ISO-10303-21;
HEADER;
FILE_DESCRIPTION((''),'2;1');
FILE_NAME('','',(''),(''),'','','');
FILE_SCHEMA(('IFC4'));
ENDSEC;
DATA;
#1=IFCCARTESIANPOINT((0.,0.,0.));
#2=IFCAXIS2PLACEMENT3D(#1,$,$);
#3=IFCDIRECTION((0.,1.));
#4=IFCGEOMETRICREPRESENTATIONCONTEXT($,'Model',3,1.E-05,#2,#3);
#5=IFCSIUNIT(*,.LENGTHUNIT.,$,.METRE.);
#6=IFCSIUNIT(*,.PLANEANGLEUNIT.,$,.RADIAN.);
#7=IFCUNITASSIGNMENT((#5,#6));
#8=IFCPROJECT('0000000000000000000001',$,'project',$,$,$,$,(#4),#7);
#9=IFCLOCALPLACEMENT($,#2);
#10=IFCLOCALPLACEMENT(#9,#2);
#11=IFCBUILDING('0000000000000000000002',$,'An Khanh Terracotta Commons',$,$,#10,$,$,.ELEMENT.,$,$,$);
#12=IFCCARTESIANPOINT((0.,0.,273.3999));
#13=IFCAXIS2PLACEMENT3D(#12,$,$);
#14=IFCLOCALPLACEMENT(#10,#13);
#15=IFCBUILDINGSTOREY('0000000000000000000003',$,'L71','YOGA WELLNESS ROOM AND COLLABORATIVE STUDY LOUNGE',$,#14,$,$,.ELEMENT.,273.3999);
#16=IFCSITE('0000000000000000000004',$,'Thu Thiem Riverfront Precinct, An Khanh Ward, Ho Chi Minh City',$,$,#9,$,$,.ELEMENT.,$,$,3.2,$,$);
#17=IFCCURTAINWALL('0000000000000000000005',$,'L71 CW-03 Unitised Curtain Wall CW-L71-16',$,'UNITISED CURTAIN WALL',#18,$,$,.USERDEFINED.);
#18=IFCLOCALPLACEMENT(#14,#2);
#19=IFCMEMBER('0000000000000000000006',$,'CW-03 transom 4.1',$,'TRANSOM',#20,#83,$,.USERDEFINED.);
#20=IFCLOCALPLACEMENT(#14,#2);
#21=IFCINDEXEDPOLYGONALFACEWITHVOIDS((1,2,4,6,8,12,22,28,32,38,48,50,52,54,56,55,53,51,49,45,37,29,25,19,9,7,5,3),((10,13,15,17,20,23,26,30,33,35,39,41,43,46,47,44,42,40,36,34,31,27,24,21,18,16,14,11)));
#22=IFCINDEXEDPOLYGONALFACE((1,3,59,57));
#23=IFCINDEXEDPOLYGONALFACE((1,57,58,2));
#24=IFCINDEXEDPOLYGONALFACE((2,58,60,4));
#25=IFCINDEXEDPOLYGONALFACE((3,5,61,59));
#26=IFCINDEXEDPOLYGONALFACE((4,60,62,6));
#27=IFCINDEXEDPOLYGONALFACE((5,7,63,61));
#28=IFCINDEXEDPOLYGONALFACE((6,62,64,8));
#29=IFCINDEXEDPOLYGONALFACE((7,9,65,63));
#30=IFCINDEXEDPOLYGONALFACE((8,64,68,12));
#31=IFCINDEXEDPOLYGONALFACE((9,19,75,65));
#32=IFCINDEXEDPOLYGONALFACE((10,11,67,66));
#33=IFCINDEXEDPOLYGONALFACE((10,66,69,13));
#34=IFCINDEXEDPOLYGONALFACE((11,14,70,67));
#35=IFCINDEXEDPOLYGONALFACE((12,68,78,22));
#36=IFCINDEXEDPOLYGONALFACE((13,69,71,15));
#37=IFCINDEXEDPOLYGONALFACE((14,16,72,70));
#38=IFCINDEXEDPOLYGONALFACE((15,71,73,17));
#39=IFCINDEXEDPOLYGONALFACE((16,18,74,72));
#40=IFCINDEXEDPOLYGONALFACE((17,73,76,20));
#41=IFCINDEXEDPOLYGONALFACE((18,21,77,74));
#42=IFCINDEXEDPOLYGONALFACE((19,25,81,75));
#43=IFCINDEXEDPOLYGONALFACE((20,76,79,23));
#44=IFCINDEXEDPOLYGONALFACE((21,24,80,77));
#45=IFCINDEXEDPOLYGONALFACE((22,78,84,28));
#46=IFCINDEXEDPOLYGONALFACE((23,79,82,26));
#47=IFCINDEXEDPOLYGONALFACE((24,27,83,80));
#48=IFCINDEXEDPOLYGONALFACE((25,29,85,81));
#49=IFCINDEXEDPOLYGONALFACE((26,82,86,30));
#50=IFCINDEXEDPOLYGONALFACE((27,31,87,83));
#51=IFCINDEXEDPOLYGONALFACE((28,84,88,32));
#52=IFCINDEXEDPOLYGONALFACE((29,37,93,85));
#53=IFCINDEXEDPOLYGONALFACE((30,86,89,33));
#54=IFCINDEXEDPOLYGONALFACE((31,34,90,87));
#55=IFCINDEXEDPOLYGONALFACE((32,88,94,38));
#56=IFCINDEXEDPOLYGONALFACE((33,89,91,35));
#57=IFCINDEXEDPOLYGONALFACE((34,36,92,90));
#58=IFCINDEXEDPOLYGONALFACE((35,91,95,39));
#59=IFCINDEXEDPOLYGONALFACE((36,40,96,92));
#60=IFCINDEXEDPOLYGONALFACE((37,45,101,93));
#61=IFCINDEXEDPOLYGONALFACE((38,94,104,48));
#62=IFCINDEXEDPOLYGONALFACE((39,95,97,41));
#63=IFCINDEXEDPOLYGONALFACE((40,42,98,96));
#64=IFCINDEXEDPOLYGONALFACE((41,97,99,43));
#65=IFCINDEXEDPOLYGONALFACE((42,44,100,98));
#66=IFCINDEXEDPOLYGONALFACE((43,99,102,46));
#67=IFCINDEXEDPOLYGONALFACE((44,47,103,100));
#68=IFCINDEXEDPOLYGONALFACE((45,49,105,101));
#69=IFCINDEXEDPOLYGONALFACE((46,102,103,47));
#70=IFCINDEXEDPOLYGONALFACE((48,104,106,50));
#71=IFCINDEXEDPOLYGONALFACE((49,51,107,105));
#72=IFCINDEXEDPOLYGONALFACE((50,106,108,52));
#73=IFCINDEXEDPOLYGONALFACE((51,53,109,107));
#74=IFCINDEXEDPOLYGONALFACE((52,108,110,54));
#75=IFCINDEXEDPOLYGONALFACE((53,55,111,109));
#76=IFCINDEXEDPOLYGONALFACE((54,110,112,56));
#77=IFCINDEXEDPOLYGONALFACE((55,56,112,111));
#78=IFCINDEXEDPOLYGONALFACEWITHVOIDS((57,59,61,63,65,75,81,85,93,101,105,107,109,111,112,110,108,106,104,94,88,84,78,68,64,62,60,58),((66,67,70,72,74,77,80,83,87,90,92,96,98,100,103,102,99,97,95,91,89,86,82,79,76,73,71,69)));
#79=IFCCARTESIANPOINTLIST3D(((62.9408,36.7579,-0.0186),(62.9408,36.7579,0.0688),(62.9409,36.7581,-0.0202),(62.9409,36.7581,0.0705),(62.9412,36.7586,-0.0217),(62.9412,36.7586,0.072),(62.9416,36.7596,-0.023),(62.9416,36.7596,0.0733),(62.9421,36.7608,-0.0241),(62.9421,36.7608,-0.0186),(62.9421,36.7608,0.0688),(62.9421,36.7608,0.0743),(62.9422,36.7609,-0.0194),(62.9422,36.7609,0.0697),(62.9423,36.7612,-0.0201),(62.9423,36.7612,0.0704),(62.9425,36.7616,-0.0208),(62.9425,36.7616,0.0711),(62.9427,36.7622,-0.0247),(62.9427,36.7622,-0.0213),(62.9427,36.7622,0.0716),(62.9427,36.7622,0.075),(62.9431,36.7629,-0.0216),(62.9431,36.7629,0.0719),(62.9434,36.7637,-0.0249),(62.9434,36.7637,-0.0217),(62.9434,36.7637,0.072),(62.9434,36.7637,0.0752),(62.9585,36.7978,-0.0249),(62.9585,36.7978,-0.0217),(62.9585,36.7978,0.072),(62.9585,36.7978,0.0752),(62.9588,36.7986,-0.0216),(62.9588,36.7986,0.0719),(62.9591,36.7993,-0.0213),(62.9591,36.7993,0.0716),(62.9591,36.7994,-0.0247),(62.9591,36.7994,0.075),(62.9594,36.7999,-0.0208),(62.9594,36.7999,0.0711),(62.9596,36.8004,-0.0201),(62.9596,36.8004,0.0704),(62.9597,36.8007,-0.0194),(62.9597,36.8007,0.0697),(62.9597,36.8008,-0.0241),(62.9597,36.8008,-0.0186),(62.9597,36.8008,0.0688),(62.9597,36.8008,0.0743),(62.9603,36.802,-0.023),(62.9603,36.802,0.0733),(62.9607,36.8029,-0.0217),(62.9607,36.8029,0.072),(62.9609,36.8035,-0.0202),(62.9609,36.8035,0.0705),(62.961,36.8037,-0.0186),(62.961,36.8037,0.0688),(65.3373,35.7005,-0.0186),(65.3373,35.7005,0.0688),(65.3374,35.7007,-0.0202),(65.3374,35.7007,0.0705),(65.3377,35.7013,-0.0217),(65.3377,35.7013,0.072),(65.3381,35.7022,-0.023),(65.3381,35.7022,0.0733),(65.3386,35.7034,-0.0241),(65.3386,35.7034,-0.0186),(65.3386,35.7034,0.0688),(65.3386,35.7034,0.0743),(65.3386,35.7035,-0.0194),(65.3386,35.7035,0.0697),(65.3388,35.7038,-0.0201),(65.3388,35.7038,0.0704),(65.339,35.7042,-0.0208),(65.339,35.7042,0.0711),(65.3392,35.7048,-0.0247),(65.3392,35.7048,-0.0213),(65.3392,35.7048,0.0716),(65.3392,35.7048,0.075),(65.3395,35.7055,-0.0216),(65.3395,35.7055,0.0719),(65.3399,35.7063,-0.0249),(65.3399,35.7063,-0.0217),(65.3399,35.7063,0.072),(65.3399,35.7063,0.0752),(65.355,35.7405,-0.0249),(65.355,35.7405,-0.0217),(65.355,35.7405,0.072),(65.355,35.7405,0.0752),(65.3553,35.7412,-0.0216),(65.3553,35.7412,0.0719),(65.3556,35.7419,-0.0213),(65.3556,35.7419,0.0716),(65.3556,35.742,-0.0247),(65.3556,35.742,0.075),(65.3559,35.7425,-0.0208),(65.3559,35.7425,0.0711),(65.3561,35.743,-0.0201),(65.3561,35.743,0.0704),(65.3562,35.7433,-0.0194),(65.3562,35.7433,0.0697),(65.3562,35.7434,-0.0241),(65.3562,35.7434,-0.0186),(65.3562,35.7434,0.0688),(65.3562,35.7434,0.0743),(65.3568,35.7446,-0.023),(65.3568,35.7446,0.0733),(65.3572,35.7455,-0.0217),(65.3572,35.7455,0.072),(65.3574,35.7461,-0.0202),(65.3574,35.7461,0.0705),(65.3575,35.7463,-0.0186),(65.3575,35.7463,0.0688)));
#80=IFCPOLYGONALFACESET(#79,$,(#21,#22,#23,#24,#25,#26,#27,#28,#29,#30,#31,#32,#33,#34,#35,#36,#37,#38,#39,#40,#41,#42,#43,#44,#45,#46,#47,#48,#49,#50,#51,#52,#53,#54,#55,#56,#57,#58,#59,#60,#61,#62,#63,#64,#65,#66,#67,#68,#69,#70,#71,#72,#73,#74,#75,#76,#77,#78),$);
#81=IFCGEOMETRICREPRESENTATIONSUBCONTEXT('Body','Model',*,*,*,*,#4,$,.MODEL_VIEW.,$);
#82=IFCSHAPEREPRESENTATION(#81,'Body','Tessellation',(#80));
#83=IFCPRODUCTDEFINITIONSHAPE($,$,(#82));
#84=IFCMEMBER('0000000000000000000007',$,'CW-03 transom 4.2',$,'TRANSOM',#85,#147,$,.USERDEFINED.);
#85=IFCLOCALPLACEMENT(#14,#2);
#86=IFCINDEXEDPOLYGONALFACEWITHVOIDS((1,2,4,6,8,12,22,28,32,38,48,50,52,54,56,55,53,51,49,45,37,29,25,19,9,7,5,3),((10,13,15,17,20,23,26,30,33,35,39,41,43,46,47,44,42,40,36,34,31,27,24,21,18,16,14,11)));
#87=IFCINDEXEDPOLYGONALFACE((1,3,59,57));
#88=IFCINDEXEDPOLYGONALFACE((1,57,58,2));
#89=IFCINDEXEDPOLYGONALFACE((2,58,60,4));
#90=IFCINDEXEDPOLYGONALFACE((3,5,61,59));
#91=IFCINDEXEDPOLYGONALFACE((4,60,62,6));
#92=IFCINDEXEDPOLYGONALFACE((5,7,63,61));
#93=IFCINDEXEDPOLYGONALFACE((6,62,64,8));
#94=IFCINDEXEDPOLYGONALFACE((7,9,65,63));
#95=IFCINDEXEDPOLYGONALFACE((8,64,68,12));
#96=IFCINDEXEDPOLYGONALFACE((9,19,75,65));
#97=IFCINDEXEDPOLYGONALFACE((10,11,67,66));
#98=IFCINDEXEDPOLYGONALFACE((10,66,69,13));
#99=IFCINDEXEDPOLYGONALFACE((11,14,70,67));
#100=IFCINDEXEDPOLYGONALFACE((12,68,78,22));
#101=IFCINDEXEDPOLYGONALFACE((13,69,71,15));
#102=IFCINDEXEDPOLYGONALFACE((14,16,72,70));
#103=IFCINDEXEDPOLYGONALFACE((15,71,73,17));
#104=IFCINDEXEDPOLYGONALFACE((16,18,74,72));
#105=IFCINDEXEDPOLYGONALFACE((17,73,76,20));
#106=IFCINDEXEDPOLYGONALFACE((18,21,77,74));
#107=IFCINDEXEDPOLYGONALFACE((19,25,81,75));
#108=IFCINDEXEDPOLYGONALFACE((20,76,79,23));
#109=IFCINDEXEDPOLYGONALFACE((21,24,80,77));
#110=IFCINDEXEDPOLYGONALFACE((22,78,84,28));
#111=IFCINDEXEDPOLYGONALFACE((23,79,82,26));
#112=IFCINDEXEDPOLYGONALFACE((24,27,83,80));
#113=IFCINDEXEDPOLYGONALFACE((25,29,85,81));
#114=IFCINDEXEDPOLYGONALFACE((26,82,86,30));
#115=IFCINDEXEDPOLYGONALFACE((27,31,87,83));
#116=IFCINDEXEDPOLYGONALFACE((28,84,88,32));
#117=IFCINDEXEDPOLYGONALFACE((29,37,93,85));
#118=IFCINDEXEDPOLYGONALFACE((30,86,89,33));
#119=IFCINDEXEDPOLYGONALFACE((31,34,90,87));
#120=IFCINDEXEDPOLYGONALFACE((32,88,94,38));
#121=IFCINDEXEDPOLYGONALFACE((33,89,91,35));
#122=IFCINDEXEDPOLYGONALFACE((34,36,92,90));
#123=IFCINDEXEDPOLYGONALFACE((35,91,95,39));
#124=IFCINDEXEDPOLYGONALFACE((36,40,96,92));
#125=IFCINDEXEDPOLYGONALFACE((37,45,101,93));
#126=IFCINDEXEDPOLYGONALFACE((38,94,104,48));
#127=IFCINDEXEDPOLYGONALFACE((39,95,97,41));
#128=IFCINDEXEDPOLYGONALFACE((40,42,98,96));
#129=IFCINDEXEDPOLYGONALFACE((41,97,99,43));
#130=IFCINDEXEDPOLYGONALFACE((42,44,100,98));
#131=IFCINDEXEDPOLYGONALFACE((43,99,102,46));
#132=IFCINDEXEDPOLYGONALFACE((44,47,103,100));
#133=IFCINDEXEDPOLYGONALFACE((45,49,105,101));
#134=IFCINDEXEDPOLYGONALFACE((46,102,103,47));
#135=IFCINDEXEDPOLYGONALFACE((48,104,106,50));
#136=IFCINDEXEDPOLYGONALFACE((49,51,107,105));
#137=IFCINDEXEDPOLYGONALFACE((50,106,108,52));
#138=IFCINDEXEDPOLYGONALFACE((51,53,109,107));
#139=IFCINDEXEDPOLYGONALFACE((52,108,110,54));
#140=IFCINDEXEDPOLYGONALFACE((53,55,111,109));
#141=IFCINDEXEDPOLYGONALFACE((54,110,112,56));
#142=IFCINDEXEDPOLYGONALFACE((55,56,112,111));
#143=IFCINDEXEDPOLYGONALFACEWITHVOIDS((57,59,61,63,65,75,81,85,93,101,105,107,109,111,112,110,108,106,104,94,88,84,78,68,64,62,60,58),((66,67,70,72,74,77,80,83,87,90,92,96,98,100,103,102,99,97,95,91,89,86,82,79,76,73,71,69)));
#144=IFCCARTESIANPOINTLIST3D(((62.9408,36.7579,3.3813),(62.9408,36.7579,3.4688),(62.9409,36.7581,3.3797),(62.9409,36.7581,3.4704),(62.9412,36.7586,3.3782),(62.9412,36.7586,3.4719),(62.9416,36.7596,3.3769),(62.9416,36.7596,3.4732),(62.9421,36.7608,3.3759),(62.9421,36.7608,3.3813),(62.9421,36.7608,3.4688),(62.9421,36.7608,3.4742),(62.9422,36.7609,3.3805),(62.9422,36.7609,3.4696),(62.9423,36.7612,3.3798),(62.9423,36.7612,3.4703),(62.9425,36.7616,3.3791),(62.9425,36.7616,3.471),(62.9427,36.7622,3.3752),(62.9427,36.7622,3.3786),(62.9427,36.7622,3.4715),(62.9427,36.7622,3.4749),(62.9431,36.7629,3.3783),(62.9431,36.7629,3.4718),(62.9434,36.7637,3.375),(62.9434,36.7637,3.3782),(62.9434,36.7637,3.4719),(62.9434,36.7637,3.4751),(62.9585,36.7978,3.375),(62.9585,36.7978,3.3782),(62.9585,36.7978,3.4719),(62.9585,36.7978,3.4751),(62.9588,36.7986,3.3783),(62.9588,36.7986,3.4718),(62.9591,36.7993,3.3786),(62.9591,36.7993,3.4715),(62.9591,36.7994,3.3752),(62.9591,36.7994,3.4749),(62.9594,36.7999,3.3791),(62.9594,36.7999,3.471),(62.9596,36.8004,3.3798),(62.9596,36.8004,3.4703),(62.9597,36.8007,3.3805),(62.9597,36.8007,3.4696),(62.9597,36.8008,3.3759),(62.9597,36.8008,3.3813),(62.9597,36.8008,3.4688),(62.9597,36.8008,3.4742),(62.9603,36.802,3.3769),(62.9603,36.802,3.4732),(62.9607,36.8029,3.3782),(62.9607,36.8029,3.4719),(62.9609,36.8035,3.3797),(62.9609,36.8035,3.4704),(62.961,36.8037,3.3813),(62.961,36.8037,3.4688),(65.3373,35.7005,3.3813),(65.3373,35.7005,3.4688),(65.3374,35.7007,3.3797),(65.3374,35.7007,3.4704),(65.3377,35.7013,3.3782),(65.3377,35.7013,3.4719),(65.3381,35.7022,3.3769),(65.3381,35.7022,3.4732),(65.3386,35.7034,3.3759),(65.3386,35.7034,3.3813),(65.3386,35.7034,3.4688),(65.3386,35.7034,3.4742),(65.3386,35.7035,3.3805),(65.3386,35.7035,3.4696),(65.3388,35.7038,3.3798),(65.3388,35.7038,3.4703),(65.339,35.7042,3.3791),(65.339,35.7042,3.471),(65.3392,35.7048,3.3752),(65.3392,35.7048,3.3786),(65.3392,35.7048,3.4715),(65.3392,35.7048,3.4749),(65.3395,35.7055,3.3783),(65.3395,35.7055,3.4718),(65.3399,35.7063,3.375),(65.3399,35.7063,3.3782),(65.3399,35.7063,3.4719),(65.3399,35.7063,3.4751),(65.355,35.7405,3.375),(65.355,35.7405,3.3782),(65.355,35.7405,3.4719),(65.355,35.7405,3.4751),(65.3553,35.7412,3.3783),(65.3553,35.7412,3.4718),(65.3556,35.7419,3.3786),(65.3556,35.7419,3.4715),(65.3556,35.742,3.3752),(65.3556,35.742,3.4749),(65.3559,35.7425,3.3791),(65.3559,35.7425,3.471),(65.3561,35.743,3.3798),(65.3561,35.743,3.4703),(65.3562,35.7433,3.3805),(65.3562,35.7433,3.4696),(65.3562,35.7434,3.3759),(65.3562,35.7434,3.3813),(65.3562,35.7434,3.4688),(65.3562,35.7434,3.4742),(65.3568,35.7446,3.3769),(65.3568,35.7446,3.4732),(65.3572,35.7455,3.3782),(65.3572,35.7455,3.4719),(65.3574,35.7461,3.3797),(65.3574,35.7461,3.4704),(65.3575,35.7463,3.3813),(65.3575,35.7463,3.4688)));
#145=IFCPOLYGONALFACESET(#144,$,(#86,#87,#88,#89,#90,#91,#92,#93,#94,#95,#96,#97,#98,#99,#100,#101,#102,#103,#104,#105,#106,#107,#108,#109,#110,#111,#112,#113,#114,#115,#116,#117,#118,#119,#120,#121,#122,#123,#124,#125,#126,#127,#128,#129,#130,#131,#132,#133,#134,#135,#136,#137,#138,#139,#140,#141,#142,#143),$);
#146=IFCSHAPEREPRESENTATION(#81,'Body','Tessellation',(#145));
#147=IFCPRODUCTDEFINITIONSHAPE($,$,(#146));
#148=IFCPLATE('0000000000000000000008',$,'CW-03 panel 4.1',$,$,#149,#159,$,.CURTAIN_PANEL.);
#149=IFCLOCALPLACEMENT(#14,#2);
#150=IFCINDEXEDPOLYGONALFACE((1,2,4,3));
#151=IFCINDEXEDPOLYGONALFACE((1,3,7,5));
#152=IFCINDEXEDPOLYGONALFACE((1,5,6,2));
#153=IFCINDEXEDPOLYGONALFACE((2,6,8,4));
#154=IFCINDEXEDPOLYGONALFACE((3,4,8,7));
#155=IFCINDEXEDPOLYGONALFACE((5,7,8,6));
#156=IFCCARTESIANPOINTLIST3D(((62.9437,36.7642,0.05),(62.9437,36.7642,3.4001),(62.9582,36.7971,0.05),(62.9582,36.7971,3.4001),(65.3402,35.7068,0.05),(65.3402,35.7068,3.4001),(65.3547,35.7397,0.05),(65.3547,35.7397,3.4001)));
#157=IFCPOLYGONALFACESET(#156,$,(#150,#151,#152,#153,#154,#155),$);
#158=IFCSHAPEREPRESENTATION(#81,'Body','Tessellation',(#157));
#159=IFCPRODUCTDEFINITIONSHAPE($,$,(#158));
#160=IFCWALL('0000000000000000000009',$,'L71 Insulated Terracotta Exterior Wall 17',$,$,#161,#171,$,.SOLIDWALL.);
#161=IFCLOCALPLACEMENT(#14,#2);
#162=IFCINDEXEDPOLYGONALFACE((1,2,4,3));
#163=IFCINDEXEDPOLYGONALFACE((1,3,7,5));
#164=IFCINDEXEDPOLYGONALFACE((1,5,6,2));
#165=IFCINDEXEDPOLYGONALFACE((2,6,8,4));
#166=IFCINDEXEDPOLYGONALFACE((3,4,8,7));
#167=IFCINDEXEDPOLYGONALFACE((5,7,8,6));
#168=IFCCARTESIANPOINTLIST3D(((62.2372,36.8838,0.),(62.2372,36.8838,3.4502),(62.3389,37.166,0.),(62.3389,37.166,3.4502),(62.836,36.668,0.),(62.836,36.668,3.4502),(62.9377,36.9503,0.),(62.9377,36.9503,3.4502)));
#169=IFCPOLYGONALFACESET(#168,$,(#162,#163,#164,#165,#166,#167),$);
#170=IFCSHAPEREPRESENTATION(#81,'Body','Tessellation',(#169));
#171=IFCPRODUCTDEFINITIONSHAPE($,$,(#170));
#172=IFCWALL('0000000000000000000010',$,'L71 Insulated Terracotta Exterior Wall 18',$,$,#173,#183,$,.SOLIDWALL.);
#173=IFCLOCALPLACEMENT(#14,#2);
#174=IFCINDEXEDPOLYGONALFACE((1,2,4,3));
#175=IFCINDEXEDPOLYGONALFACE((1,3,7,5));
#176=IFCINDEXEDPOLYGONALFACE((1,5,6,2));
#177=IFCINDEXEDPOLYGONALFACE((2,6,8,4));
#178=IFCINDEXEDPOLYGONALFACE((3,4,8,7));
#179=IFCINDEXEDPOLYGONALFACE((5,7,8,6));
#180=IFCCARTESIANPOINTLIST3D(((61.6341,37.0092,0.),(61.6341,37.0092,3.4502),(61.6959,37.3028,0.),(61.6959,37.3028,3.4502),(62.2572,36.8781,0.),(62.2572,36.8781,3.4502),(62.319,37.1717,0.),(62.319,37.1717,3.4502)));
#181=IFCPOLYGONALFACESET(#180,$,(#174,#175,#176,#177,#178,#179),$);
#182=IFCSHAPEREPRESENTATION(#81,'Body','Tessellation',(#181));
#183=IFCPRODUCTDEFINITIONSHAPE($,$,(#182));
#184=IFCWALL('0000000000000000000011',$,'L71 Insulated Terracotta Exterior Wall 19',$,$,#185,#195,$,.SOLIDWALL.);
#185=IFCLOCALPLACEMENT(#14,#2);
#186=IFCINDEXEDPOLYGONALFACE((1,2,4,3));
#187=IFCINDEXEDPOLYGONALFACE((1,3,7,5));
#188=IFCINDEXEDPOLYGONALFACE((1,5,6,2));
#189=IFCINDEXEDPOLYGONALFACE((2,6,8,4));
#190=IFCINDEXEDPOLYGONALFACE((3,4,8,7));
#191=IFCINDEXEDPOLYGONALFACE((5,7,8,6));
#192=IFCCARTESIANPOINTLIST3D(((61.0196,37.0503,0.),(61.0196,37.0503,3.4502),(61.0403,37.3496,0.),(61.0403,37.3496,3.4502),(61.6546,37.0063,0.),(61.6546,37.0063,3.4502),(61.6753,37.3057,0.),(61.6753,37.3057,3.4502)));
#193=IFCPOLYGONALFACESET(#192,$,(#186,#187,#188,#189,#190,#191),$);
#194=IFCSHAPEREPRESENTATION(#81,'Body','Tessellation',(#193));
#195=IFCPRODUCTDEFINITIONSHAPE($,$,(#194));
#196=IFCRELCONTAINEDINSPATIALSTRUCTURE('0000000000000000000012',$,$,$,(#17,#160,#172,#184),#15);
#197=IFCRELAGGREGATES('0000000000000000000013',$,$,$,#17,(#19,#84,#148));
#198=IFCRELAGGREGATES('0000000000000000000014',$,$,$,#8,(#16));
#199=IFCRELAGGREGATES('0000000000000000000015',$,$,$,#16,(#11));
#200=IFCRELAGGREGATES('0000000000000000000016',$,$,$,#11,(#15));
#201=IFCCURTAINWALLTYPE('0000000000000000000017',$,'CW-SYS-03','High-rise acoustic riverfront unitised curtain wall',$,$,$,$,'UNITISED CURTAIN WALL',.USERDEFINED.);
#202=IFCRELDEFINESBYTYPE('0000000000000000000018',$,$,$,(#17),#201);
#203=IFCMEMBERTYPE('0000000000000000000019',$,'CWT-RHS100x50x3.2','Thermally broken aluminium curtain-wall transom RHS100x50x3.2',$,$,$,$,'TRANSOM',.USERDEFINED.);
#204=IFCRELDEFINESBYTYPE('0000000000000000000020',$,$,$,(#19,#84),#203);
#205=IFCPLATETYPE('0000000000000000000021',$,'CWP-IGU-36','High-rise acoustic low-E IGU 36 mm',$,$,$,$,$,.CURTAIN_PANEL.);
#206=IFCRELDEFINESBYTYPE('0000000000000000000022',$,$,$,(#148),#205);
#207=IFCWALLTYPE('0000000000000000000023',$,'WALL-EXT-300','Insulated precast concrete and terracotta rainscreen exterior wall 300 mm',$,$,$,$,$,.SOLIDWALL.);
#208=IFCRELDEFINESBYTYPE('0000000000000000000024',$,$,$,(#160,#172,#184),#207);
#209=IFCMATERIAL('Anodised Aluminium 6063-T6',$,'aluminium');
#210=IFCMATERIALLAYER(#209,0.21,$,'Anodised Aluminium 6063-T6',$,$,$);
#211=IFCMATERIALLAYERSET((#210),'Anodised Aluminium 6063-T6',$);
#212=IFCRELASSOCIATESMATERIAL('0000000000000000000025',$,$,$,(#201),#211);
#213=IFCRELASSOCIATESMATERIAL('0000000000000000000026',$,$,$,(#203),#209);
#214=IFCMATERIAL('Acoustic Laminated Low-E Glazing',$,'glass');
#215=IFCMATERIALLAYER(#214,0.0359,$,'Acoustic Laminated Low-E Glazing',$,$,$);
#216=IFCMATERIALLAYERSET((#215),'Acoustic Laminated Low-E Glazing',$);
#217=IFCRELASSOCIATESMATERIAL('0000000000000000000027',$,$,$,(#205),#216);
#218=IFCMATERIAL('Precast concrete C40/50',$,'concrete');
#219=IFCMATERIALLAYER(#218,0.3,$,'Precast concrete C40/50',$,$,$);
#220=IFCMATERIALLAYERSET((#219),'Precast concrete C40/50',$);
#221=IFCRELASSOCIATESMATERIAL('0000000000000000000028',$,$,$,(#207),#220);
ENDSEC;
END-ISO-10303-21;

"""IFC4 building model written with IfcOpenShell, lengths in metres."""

from ifc_helpers import new_model, si_unit, direction, frame, frame_2d, origin, origin_2d, place, context, subcontext, project, spatial, rectangle, hollow_rectangle, extrude, material, layer, layer_set, material_profile, profile_set, type_object, element, aggregate, save


model = new_model("IFC4")

# Units and contexts
model_context = context("Model", 3, precision=1e-05, world=origin(), true_north=direction((0.0, 1.0)))
body_context = subcontext(model_context, "Body", "Model", "MODEL_VIEW")
ifc_project = project(units=[si_unit("LENGTHUNIT", "METRE"), si_unit("PLANEANGLEUNIT", "RADIAN")], contexts=[model_context])

# Site, building, storey
site_placement = place(None, origin())
site = spatial("IfcSite", under=ifc_project, at=site_placement, Name="Thu Thiem Riverfront Precinct, An Khanh Ward, Ho Chi Minh City", CompositionType="ELEMENT", RefElevation=3.2)
building_placement = place(site_placement, origin())
building = spatial("IfcBuilding", under=site, at=building_placement, Name="An Khanh Terracotta Commons", CompositionType="ELEMENT")
storey_placement = place(building_placement, frame((0.0, 0.0, 273.3999)))
storey = spatial("IfcBuildingStorey", under=building, at=storey_placement, Name="L71", Description="YOGA WELLNESS ROOM AND COLLABORATIVE STUDY LOUNGE", CompositionType="ELEMENT", Elevation=273.3999)

# Curtain wall, members, plate
ifc_material_1 = material(Name="Anodised Aluminium 6063-T6", Category="aluminium")
ifc_layer_1 = layer(ifc_material_1, 0.21, Name="Anodised Aluminium 6063-T6")
ifc_layer_set_1 = layer_set([ifc_layer_1], Name="Anodised Aluminium 6063-T6")
curtain_wall_type = type_object("IfcCurtainWallType", Name="CW-SYS-03", Description="High-rise acoustic riverfront unitised curtain wall", ElementType="UNITISED CURTAIN WALL", PredefinedType="USERDEFINED", material=ifc_layer_set_1)
curtain_wall_placement = place(storey_placement, origin())
curtain_wall = element("IfcCurtainWall", 1, at=curtain_wall_placement, inside=storey, type_object=curtain_wall_type, Name="L71 CW-03 Unitised Curtain Wall CW-L71-16", ObjectType="UNITISED CURTAIN WALL", PredefinedType="USERDEFINED")
ifc_material_profile_1 = material_profile(ifc_material_1, hollow_rectangle(XDim=0.05, YDim=0.1001, WallThickness=0.0032, InnerFilletRadius=0.0032, OuterFilletRadius=0.0063, at=origin_2d()), Name="RHS100x50x3.2")
ifc_profile_set_1 = profile_set([ifc_material_profile_1], Name="Anodised Aluminium 6063-T6")
member_type_1 = type_object("IfcMemberType", Name="CWT-RHS100x50x3.2", Description="Thermally broken aluminium curtain-wall transom RHS100x50x3.2", ElementType="TRANSOM", PredefinedType="USERDEFINED", material=ifc_profile_set_1)
member_1_placement = place(storey_placement, frame((65.3474, 35.7234, 0.0251), z_axis=(-0.914904, 0.403672, 0.0), x_axis=(-0.403672, -0.914904, 0.0)))
member_1 = element("IfcMember", 2, at=member_1_placement, type_object=member_type_1, Name="CW-03 transom 4.1", ObjectType="TRANSOM", PredefinedType="USERDEFINED", context=body_context, shape_type="SweptSolid", body=[
    extrude(hollow_rectangle(XDim=0.05, YDim=0.1001, WallThickness=0.0032, InnerFilletRadius=0.0032, OuterFilletRadius=0.0063, at=origin_2d()), origin(), (0.0, 0.0, 1.0), 2.6194),
])
member_2_placement = place(storey_placement, frame((65.3474, 35.7234, 3.425), z_axis=(-0.914904, 0.403672, 0.0), x_axis=(-0.403672, -0.914904, 0.0)))
member_2 = element("IfcMember", 3, at=member_2_placement, type_object=member_type_1, Name="CW-03 transom 4.2", ObjectType="TRANSOM", PredefinedType="USERDEFINED", context=body_context, shape_type="SweptSolid", body=[
    extrude(hollow_rectangle(XDim=0.05, YDim=0.1001, WallThickness=0.0032, InnerFilletRadius=0.0032, OuterFilletRadius=0.0063, at=origin_2d()), origin(), (0.0, 0.0, 1.0), 2.6194),
])
ifc_material_2 = material(Name="Acoustic Laminated Low-E Glazing", Category="glass")
ifc_layer_2 = layer(ifc_material_2, 0.0359, Name="Acoustic Laminated Low-E Glazing")
ifc_layer_set_2 = layer_set([ifc_layer_2], Name="Acoustic Laminated Low-E Glazing")
plate_type = type_object("IfcPlateType", Name="CWP-IGU-36", Description="High-rise acoustic low-E IGU 36 mm", PredefinedType="CURTAIN_PANEL", material=ifc_layer_set_2)
plate_placement = place(storey_placement, frame((64.1492, 36.252, 0.05), z_axis=(0.0, 0.0, 1.0), x_axis=(-0.914902, 0.403676, 0.0)))
plate = element("IfcPlate", 4, at=plate_placement, type_object=plate_type, Name="CW-03 panel 4.1", PredefinedType="CURTAIN_PANEL", context=body_context, shape_type="SweptSolid", body=[
    extrude(rectangle(XDim=2.6194, YDim=0.0359, at=origin_2d()), origin(), (0.0, 0.0, 1.0), 3.3501),
])
aggregate(curtain_wall, [member_1, member_2, plate])

# Walls
ifc_material_3 = material(Name="Precast concrete C40/50", Category="concrete")
ifc_layer_3 = layer(ifc_material_3, 0.3, Name="Precast concrete C40/50")
ifc_layer_set_3 = layer_set([ifc_layer_3], Name="Precast concrete C40/50")
wall_type = type_object("IfcWallType", Name="WALL-EXT-300", Description="Insulated precast concrete and terracotta rainscreen exterior wall 300 mm", PredefinedType="SOLIDWALL", material=ifc_layer_set_3)
wall_1_placement = place(storey_placement, frame((62.887, 36.8091, 0.0), z_axis=(0.0, 0.0, 1.0), x_axis=(-0.940775, 0.339032, 0.0)))
element("IfcWall", 5, at=wall_1_placement, inside=storey, type_object=wall_type, Name="L71 Insulated Terracotta Exterior Wall 17", PredefinedType="SOLIDWALL", context=body_context, shape_type="SweptSolid", body=[
    extrude(rectangle(XDim=0.6365, YDim=0.3, at=frame_2d((0.3184, 0.0))), origin(), (0.0, 0.0, 1.0), 3.4502),
])
wall_2_placement = place(storey_placement, frame((62.2881, 37.0249, 0.0), z_axis=(0.0, 0.0, 1.0), x_axis=(-0.97857, 0.205914, 0.0)))
element("IfcWall", 6, at=wall_2_placement, inside=storey, type_object=wall_type, Name="L71 Insulated Terracotta Exterior Wall 18", PredefinedType="SOLIDWALL", context=body_context, shape_type="SweptSolid", body=[
    extrude(rectangle(XDim=0.6367, YDim=0.3, at=frame_2d((0.3184, 0.0))), origin(), (0.0, 0.0, 1.0), 3.4502),
])
wall_3_placement = place(storey_placement, frame((61.665, 37.156, 0.0), z_axis=(0.0, 0.0, 1.0), x_axis=(-0.997614, 0.069039, 0.0)))
element("IfcWall", 7, at=wall_3_placement, inside=storey, type_object=wall_type, Name="L71 Insulated Terracotta Exterior Wall 19", PredefinedType="SOLIDWALL", context=body_context, shape_type="SweptSolid", body=[
    extrude(rectangle(XDim=0.6365, YDim=0.3, at=frame_2d((0.3184, 0.0))), origin(), (0.0, 0.0, 1.0), 3.4502),
])

save(model, "model.ifc")
